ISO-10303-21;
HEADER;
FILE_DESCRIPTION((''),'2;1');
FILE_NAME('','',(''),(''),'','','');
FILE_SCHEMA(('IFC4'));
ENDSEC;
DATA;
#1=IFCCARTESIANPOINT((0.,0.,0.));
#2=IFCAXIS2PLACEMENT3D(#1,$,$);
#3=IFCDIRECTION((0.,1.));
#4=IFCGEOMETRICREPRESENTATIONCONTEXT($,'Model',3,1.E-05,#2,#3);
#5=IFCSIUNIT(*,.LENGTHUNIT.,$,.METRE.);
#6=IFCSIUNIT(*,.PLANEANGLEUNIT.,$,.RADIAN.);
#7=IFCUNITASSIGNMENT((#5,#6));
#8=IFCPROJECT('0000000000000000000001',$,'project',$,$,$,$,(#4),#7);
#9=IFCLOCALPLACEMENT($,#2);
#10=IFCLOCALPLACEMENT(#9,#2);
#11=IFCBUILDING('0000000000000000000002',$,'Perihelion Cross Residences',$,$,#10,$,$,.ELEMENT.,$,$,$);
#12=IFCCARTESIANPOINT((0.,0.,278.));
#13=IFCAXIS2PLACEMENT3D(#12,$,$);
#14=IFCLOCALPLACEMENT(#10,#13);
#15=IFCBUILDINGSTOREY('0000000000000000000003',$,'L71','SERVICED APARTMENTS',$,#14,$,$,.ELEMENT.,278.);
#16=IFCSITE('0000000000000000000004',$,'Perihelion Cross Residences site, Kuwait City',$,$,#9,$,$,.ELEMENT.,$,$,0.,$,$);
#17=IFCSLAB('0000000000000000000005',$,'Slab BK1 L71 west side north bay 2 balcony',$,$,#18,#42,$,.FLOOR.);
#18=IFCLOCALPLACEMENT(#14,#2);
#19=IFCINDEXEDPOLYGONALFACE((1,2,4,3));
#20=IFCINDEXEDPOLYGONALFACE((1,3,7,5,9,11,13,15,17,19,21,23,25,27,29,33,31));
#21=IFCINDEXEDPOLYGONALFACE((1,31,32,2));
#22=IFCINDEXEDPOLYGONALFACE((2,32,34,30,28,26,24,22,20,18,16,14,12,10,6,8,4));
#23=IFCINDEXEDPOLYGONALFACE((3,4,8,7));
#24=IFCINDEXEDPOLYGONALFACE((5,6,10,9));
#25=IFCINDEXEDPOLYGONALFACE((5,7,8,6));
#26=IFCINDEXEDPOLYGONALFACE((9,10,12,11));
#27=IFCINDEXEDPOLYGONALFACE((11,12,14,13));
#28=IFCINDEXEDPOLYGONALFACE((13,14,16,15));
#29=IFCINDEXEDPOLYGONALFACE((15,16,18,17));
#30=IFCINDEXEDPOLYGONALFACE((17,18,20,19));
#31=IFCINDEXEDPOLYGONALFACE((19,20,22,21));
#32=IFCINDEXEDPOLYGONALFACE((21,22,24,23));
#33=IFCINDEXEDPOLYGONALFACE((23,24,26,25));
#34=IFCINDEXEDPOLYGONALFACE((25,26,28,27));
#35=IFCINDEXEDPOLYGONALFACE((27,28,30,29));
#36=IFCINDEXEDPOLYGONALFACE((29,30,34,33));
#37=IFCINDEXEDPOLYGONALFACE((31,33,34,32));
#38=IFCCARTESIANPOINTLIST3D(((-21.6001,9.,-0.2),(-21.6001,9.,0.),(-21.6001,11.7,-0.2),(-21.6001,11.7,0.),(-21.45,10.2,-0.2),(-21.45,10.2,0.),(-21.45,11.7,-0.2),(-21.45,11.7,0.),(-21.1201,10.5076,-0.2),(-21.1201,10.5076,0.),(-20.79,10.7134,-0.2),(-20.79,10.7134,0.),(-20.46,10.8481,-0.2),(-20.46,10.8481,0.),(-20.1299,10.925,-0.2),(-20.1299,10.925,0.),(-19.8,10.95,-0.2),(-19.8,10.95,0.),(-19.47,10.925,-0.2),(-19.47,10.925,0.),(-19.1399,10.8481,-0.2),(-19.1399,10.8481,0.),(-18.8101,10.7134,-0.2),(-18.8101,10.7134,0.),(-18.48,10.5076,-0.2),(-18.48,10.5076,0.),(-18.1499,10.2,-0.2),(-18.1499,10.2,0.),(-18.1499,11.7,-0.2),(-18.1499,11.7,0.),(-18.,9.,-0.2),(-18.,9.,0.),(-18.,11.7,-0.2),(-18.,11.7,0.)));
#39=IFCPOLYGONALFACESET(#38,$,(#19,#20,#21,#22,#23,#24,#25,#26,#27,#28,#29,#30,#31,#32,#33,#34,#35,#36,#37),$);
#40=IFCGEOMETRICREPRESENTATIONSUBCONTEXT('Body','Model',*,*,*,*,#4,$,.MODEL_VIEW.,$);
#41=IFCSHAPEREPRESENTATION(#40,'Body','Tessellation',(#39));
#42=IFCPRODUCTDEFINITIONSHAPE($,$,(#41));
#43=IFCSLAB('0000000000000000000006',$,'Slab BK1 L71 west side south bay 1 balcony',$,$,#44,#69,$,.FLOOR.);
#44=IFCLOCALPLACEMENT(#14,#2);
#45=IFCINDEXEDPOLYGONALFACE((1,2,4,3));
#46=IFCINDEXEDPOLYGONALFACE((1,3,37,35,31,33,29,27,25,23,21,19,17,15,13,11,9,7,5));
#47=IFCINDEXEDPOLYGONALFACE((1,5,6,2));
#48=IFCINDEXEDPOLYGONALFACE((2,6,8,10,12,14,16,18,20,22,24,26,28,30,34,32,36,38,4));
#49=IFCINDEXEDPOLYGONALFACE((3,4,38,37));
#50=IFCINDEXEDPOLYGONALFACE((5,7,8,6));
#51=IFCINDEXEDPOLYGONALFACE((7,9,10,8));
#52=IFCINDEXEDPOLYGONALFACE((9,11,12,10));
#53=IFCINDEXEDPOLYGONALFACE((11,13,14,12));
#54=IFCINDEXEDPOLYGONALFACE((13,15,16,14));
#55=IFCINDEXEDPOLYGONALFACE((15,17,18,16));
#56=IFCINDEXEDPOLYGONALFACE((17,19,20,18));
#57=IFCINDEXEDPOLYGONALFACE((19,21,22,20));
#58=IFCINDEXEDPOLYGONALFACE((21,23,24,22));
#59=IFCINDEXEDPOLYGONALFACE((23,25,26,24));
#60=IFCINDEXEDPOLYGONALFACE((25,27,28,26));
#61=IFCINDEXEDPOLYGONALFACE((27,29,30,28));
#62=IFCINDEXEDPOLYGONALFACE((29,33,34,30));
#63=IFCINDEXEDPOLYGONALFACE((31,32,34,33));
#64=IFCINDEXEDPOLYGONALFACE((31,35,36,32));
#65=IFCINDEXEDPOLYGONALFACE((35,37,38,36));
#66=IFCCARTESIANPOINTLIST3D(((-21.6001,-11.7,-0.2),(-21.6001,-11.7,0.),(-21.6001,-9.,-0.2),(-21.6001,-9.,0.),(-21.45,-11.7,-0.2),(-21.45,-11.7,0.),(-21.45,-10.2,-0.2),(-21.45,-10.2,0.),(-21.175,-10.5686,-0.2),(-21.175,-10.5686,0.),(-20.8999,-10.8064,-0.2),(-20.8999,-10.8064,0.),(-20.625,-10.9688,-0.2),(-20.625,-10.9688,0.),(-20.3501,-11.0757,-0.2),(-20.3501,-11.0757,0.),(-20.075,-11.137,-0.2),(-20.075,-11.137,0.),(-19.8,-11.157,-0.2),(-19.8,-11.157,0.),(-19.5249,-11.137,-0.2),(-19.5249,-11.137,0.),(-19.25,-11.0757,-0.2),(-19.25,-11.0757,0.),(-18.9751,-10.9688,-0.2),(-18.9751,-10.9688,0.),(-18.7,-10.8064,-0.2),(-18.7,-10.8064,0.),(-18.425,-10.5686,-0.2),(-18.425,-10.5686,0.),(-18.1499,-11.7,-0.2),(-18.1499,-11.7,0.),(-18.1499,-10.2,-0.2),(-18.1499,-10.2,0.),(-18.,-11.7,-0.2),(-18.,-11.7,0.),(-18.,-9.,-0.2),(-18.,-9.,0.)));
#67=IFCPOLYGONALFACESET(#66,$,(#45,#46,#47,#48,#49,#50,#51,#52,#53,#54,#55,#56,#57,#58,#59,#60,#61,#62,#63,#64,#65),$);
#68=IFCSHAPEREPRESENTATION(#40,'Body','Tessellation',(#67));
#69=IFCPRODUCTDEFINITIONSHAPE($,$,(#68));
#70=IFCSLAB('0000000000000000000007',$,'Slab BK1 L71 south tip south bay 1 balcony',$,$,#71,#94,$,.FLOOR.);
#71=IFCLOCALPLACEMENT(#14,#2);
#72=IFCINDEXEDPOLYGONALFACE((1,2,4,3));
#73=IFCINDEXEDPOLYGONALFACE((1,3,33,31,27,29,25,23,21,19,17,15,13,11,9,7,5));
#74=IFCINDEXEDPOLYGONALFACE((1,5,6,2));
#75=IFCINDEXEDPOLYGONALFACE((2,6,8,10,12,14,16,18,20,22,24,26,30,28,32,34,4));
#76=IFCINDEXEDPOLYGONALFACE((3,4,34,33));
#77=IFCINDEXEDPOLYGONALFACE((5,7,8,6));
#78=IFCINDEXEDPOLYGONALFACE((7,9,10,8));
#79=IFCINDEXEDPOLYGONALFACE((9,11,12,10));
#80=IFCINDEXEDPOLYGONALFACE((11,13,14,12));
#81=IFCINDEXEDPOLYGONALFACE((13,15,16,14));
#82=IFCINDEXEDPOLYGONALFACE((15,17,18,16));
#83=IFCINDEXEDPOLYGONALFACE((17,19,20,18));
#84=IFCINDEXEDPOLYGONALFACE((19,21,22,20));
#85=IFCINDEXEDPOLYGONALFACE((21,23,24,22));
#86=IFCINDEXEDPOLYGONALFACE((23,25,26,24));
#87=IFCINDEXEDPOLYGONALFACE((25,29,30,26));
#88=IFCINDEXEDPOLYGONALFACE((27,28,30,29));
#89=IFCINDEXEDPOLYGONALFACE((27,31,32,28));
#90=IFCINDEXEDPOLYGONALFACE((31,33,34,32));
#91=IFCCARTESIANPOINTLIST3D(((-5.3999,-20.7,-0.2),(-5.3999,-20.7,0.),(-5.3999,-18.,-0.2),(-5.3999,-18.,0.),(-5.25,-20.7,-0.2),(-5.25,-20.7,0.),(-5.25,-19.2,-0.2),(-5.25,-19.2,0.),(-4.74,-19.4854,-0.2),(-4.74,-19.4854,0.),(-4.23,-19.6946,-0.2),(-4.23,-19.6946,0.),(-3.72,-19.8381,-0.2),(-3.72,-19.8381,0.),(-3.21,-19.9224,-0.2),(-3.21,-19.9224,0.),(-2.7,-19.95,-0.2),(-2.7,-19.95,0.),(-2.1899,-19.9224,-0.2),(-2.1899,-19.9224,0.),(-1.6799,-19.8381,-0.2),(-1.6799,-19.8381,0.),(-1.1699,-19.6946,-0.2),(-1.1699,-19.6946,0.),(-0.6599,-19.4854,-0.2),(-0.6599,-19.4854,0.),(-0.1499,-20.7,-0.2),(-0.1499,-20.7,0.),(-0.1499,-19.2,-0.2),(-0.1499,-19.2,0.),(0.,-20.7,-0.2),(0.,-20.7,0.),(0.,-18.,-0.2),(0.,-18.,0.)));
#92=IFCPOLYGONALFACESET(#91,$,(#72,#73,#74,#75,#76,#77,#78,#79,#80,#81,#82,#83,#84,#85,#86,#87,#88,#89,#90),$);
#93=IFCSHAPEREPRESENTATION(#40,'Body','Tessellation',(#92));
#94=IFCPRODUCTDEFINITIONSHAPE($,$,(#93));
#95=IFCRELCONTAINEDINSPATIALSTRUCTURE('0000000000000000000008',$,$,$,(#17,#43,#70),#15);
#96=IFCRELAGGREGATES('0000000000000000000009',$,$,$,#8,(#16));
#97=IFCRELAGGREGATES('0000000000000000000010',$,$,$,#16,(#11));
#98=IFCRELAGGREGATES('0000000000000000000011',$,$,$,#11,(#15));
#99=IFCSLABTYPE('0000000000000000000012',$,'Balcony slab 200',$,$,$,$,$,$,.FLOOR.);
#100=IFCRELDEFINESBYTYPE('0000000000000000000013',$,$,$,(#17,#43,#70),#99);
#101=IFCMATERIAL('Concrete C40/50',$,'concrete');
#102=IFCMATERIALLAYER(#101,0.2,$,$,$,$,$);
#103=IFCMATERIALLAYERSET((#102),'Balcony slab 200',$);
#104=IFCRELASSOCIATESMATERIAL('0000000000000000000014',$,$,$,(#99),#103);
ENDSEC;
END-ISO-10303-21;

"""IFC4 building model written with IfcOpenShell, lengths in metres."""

from ifc_helpers import new_model, si_unit, direction, frame, origin, place, context, subcontext, project, spatial, polyline, outline, extrude, material, layer, layer_set, type_object, element, save


model = new_model("IFC4")

# Units and contexts
model_context = context("Model", 3, precision=1e-05, world=origin(), true_north=direction((0.0, 1.0)))
body_context = subcontext(model_context, "Body", "Model", "MODEL_VIEW")
ifc_project = project(units=[si_unit("LENGTHUNIT", "METRE"), si_unit("PLANEANGLEUNIT", "RADIAN")], contexts=[model_context])

# Site, building, storey
site_placement = place(None, origin())
site = spatial("IfcSite", under=ifc_project, at=site_placement, Name="Perihelion Cross Residences site, Kuwait City", CompositionType="ELEMENT", RefElevation=0.0)
building_placement = place(site_placement, origin())
building = spatial("IfcBuilding", under=site, at=building_placement, Name="Perihelion Cross Residences", CompositionType="ELEMENT")
storey_placement = place(building_placement, frame((0.0, 0.0, 278.0)))
storey = spatial("IfcBuildingStorey", under=building, at=storey_placement, Name="L71", Description="SERVICED APARTMENTS", CompositionType="ELEMENT", Elevation=278.0)

# Slabs
ifc_material_1 = material(Name="Concrete C40/50", Category="concrete")
ifc_layer_1 = layer(ifc_material_1, 0.2)
ifc_layer_set_1 = layer_set([ifc_layer_1], Name="Balcony slab 200")
slab_type_1 = type_object("IfcSlabType", Name="Balcony slab 200", PredefinedType="FLOOR", material=ifc_layer_set_1)
slab_1_placement = place(storey_placement, frame((0.0, 0.0, -0.2)))
element("IfcSlab", 1, at=slab_1_placement, inside=storey, type_object=slab_type_1, Name="Slab BK1 L71 west side north bay 2 balcony", PredefinedType="FLOOR", context=body_context, shape_type="SweptSolid", body=[
    extrude(outline(polyline([(-18.0, 9.0), (-21.6001, 9.0), (-21.6001, 11.7), (-21.45, 11.7), (-21.45, 10.2), (-21.1201, 10.5076), (-20.79, 10.7134), (-20.46, 10.8481), (-20.1299, 10.925), (-19.8, 10.95), (-19.47, 10.925), (-19.1399, 10.8481), (-18.8101, 10.7134), (-18.48, 10.5076), (-18.1499, 10.2), (-18.1499, 11.7), (-18.0, 11.7), (-18.0, 9.0)])), origin(), (0.0, 0.0, 1.0), 0.2),
])
slab_2_placement = place(storey_placement, frame((0.0, 0.0, -0.2)))
element("IfcSlab", 2, at=slab_2_placement, inside=storey, type_object=slab_type_1, Name="Slab BK1 L71 west side south bay 1 balcony", PredefinedType="FLOOR", context=body_context, shape_type="SweptSolid", body=[
    extrude(outline(polyline([(-21.6001, -9.0), (-18.0, -9.0), (-18.0, -11.7), (-18.1499, -11.7), (-18.1499, -10.2), (-18.425, -10.5686), (-18.7, -10.8064), (-18.9751, -10.9688), (-19.25, -11.0757), (-19.5249, -11.137), (-19.8, -11.157), (-20.075, -11.137), (-20.3501, -11.0757), (-20.625, -10.9688), (-20.8999, -10.8064), (-21.175, -10.5686), (-21.45, -10.2), (-21.45, -11.7), (-21.6001, -11.7), (-21.6001, -9.0)])), origin(), (0.0, 0.0, 1.0), 0.2),
])
slab_3_placement = place(storey_placement, frame((0.0, 0.0, -0.2)))
element("IfcSlab", 3, at=slab_3_placement, inside=storey, type_object=slab_type_1, Name="Slab BK1 L71 south tip south bay 1 balcony", PredefinedType="FLOOR", context=body_context, shape_type="SweptSolid", body=[
    extrude(outline(polyline([(-5.3999, -18.0), (0.0, -18.0), (0.0, -20.7), (-0.1499, -20.7), (-0.1499, -19.2), (-0.6599, -19.4854), (-1.1699, -19.6946), (-1.6799, -19.8381), (-2.1899, -19.9224), (-2.7, -19.95), (-3.21, -19.9224), (-3.72, -19.8381), (-4.23, -19.6946), (-4.74, -19.4854), (-5.25, -19.2), (-5.25, -20.7), (-5.3999, -20.7), (-5.3999, -18.0)])), origin(), (0.0, 0.0, 1.0), 0.2),
])

save(model, "model.ifc")
